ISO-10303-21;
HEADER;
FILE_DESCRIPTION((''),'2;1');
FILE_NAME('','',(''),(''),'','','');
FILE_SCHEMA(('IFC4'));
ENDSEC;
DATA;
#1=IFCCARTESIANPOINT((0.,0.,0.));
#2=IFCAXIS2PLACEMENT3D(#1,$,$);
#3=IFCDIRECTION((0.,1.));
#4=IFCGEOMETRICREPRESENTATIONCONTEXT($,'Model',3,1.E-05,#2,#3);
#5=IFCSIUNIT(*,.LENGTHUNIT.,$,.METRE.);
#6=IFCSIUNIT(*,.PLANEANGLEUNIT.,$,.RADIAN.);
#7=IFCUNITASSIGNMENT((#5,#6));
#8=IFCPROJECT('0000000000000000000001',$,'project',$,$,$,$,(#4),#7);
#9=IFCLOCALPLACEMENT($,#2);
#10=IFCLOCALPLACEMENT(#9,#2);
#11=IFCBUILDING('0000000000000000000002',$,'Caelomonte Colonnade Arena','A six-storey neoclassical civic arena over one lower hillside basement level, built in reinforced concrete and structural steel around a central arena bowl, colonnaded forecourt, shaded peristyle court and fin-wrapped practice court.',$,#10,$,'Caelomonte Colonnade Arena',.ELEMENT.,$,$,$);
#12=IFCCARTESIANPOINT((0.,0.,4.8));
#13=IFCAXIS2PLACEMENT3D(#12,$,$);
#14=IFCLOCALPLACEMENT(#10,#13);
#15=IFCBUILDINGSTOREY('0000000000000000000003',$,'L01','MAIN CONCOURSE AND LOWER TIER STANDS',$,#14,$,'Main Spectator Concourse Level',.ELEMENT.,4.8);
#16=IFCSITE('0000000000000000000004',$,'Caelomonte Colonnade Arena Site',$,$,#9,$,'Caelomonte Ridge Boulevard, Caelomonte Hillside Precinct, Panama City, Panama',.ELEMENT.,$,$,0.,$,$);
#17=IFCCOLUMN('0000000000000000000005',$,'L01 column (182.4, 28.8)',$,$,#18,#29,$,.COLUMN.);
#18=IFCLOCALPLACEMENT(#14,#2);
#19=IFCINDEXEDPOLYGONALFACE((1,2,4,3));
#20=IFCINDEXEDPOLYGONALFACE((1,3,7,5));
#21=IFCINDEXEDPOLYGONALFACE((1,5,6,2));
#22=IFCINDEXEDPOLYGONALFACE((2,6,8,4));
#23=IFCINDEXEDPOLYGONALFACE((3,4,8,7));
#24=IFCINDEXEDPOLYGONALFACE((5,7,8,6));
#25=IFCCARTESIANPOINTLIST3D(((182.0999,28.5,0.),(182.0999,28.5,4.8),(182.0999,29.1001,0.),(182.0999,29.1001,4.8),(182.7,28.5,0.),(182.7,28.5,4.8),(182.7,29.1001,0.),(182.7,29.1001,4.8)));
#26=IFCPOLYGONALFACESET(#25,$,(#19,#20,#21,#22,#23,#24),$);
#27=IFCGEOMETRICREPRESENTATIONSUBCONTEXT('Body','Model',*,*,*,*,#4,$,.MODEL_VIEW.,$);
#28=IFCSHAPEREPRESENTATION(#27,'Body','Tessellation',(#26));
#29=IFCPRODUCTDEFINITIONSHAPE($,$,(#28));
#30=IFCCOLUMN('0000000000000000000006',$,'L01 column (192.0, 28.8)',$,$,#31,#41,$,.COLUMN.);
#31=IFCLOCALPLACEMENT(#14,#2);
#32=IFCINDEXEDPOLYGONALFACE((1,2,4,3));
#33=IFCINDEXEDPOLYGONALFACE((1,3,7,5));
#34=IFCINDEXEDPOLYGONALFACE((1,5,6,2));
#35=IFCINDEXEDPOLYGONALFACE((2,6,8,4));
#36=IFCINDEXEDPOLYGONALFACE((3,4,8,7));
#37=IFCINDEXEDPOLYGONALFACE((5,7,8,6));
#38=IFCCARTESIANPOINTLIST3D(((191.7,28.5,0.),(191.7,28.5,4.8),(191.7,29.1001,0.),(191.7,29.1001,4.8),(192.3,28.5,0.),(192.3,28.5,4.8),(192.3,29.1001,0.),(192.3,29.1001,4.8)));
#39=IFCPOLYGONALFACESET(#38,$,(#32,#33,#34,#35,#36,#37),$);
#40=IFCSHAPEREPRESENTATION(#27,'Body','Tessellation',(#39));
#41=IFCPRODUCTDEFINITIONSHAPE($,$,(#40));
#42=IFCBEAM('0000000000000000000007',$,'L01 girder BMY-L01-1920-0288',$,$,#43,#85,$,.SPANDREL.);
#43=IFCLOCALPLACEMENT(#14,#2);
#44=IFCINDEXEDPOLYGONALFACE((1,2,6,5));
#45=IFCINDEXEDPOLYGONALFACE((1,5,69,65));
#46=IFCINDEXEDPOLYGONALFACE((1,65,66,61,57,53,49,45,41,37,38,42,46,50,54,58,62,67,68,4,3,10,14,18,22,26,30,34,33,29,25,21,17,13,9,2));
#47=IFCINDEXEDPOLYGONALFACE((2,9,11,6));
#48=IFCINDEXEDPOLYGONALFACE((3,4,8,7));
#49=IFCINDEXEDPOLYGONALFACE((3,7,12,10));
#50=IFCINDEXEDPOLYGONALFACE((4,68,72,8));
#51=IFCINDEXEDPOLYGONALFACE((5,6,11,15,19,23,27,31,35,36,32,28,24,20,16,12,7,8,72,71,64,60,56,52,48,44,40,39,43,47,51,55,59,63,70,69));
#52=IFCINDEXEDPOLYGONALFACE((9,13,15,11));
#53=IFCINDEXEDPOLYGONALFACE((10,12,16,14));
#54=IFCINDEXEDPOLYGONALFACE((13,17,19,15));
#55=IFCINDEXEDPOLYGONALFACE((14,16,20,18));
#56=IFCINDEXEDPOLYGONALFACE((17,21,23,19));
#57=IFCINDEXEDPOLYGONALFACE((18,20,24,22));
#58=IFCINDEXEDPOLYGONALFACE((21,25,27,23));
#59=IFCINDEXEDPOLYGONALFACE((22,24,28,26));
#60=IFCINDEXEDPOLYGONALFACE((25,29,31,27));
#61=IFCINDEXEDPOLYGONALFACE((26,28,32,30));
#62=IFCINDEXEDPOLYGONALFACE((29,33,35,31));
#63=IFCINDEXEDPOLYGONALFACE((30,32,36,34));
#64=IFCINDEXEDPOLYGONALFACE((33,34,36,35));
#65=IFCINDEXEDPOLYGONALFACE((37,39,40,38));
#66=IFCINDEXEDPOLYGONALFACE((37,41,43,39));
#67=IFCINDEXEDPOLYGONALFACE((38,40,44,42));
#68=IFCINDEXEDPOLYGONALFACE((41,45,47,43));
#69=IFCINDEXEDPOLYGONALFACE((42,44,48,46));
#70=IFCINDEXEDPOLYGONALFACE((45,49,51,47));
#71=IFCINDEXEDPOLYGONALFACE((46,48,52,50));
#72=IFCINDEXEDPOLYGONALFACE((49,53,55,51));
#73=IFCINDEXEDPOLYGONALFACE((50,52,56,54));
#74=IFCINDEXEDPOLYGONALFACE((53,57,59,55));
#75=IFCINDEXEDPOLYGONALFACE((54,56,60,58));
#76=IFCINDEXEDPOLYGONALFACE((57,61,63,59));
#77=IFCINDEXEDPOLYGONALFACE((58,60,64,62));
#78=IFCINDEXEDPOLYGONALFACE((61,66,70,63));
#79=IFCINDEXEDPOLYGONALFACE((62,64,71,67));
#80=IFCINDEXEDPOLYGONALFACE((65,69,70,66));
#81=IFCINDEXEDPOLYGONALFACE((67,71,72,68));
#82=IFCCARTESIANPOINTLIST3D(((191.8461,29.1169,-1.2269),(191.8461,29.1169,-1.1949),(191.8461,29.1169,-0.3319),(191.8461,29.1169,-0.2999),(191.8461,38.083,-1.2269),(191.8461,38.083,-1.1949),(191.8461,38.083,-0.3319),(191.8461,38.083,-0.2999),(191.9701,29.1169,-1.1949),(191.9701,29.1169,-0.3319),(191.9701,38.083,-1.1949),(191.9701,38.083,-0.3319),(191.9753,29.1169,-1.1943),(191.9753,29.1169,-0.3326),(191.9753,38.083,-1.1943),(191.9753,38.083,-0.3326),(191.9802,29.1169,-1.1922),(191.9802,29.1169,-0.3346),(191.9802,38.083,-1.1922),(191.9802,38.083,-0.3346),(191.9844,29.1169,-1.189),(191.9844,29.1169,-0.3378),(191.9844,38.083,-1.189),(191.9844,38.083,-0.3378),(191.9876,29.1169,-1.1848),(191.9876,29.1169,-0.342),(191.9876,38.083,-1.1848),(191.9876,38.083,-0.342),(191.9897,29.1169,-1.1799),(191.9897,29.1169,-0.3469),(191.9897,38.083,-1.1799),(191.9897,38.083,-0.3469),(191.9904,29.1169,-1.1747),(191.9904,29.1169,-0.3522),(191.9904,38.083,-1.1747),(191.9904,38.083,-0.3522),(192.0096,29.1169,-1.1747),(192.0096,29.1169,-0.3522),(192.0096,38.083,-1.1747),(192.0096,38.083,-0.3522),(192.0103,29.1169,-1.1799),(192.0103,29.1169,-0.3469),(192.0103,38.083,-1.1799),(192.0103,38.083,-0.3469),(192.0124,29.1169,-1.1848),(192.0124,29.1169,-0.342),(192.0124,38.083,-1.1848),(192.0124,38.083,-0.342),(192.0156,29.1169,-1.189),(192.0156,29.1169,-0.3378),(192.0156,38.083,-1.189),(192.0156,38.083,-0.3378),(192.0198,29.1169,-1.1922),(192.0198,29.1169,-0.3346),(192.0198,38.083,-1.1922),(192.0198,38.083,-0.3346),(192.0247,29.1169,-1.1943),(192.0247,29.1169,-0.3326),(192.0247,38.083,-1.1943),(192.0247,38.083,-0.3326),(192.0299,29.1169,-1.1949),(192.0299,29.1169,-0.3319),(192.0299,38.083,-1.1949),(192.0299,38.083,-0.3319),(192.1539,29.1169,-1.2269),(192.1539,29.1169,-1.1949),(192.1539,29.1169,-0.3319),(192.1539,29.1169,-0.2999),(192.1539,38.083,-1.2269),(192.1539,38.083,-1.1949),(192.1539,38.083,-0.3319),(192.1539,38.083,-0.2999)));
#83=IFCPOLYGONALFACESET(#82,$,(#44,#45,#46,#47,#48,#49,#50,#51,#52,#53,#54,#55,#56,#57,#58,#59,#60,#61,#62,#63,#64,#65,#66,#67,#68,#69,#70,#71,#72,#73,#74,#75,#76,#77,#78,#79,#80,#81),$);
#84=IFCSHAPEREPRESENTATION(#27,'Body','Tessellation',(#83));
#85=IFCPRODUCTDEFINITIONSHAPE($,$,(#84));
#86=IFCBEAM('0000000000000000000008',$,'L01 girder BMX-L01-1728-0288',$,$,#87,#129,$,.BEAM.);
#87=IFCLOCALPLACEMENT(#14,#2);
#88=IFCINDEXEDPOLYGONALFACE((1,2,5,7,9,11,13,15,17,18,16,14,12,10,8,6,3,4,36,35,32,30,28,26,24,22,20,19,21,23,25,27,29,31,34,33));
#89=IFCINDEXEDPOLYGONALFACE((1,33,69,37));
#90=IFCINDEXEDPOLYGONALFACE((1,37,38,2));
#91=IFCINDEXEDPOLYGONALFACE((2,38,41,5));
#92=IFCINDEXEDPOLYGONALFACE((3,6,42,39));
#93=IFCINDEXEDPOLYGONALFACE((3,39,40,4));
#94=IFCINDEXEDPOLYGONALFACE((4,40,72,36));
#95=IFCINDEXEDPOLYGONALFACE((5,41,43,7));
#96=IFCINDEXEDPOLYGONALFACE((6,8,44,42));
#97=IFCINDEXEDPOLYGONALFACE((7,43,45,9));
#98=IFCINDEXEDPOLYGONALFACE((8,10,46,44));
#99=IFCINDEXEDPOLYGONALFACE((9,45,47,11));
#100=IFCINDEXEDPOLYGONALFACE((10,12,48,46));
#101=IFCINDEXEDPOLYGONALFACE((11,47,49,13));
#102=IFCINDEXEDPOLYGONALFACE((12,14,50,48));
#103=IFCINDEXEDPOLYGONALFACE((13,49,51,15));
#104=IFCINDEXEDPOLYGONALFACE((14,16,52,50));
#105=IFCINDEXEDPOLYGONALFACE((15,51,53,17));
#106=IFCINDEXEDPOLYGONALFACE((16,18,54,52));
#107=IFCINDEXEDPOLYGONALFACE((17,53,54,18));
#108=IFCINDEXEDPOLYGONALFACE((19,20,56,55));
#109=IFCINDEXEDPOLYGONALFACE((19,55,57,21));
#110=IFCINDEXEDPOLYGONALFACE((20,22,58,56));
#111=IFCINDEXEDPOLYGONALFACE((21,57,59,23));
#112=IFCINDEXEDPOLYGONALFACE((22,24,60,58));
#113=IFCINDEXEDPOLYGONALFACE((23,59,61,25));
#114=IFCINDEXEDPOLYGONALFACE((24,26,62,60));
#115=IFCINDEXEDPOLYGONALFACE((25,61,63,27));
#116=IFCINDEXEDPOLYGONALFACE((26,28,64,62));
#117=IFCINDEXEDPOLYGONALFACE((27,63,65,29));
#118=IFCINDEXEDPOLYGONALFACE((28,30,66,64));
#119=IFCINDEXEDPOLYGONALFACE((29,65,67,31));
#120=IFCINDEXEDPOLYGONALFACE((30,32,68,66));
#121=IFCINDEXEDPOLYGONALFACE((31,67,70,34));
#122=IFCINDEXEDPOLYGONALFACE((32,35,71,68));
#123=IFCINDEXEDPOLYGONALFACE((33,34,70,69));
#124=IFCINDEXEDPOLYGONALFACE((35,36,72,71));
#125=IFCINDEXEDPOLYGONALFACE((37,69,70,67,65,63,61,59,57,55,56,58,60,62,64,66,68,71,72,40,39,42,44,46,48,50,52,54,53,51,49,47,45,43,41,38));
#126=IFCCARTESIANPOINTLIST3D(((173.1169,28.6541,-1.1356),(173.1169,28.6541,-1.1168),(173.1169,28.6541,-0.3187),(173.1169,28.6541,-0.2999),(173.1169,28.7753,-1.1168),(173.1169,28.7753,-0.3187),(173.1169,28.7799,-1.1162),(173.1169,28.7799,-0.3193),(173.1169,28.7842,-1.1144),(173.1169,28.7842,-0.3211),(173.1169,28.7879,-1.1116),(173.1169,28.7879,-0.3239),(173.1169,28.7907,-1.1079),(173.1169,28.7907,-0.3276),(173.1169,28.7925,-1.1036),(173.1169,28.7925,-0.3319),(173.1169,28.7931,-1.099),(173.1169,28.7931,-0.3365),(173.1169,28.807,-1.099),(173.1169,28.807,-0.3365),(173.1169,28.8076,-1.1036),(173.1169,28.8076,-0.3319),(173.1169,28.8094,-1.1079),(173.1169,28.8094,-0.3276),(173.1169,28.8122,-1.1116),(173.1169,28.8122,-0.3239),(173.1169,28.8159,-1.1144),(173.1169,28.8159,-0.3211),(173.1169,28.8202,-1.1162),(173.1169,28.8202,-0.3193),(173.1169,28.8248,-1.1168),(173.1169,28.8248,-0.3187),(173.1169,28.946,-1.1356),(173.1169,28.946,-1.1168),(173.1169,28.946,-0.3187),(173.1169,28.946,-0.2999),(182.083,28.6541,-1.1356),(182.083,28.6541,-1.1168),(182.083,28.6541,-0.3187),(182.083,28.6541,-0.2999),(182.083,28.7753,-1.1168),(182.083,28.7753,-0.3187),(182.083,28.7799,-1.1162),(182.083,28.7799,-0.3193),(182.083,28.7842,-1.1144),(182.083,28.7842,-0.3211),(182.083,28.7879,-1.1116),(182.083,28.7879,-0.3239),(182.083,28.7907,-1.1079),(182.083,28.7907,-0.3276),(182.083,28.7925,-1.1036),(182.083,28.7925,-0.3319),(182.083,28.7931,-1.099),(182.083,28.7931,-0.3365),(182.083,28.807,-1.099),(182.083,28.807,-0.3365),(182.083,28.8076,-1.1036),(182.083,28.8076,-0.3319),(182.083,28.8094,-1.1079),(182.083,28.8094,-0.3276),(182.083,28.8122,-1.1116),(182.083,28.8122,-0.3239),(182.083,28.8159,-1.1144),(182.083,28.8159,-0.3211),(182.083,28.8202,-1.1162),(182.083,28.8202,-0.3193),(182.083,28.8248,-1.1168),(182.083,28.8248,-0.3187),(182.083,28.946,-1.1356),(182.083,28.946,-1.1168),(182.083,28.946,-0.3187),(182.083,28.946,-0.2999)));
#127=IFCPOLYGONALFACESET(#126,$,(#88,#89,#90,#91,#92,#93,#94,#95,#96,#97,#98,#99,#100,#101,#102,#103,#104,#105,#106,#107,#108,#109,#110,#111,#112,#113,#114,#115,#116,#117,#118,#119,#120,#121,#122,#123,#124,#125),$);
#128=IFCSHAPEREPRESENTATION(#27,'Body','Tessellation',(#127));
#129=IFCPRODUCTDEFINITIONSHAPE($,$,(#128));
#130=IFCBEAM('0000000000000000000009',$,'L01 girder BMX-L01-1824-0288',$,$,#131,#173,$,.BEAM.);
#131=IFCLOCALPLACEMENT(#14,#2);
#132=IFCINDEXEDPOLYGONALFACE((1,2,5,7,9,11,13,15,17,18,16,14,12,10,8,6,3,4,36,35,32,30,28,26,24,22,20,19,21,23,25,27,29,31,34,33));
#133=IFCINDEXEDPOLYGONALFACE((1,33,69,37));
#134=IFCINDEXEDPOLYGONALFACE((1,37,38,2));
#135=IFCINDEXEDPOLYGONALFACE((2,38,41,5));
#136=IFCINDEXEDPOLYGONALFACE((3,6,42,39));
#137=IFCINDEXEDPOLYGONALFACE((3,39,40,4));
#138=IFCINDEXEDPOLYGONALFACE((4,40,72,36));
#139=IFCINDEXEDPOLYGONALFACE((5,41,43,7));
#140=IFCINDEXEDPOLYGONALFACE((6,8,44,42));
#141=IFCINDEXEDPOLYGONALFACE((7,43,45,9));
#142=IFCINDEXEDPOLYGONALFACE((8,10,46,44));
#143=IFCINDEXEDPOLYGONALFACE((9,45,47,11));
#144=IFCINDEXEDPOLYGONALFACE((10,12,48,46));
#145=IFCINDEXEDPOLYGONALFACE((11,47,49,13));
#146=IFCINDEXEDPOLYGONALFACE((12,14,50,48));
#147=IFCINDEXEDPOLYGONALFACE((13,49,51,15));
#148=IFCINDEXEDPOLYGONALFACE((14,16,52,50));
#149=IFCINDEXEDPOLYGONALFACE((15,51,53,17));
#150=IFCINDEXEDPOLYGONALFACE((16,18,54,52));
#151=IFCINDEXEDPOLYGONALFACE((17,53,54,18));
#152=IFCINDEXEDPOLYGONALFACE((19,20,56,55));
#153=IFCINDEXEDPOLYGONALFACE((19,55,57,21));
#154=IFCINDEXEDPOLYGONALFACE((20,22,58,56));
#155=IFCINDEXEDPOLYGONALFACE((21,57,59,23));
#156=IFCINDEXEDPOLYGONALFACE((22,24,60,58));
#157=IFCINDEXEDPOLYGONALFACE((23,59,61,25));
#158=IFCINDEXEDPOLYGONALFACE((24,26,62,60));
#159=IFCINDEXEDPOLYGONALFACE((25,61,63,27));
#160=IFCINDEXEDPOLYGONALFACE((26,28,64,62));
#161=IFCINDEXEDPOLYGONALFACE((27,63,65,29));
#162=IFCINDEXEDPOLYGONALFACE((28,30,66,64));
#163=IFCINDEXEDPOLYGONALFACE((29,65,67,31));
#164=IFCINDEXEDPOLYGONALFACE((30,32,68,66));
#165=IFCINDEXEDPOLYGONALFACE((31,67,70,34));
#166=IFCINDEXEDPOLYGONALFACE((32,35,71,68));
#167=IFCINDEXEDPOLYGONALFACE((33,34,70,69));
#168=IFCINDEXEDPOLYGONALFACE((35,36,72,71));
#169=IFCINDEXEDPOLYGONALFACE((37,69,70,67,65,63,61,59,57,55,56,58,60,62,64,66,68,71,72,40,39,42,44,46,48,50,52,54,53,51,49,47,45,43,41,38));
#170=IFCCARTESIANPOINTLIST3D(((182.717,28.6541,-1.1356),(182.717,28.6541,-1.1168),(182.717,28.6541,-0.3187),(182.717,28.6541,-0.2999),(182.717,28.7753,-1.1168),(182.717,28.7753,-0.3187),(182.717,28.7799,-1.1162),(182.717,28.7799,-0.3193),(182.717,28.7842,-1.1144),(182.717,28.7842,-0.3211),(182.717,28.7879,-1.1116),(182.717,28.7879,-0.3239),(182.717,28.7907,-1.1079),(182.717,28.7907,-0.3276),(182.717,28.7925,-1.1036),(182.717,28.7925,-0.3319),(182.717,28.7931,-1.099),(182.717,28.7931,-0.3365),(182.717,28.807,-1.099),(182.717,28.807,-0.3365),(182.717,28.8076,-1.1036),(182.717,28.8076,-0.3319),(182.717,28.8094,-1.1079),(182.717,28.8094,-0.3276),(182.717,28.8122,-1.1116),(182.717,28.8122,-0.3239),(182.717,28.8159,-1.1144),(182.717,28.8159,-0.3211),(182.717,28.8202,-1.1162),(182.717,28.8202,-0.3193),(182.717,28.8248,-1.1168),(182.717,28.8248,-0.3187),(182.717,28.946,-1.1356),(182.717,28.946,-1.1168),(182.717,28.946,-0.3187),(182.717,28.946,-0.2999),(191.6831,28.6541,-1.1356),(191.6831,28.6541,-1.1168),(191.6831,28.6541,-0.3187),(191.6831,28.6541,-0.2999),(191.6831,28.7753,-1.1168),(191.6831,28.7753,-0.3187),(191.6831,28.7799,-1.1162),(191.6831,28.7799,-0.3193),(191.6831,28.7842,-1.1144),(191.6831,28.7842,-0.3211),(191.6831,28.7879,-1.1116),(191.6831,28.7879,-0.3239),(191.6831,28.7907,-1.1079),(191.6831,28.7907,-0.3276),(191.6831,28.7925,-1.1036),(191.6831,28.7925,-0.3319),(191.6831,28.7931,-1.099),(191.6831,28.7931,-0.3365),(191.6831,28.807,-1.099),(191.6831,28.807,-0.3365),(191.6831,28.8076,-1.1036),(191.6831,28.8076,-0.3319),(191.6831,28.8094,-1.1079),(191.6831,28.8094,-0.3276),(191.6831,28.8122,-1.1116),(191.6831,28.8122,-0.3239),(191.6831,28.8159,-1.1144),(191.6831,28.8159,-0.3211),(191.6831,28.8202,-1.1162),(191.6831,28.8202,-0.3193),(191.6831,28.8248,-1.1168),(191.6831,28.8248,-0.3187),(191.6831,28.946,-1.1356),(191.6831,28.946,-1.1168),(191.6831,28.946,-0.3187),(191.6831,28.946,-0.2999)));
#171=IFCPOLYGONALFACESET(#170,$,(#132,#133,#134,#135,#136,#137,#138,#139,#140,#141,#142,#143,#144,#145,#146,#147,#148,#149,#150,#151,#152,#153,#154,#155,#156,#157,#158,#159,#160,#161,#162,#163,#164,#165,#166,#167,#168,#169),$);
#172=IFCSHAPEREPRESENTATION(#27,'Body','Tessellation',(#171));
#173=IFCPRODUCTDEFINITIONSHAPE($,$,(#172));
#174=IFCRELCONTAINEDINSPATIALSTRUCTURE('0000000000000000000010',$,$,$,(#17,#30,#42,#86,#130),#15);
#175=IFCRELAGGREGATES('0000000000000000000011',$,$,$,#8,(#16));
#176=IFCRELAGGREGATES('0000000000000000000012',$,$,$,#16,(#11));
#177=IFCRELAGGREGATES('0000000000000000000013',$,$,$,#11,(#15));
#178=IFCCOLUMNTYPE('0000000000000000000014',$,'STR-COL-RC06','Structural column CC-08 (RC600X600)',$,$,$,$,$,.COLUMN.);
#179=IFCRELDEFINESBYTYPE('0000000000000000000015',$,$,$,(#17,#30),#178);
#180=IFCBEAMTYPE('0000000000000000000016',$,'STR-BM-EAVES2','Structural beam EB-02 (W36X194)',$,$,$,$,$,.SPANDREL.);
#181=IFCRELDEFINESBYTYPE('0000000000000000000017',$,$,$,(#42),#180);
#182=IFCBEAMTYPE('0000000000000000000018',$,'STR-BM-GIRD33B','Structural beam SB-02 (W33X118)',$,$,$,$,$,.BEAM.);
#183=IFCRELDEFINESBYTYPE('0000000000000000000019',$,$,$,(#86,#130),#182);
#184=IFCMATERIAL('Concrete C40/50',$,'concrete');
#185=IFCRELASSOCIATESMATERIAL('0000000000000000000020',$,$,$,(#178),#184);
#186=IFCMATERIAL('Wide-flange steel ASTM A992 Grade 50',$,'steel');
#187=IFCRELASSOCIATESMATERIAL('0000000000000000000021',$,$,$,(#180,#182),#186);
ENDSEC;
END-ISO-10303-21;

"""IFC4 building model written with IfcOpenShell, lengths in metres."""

from ifc_helpers import new_model, si_unit, direction, frame, origin, origin_2d, place, context, subcontext, project, spatial, rectangle, i_section, extrude, material, material_profile, profile_set, type_object, element, save


model = new_model("IFC4")

# Units and contexts
model_context = context("Model", 3, precision=1e-05, world=origin(), true_north=direction((0.0, 1.0)))
body_context = subcontext(model_context, "Body", "Model", "MODEL_VIEW")
ifc_project = project(units=[si_unit("LENGTHUNIT", "METRE"), si_unit("PLANEANGLEUNIT", "RADIAN")], contexts=[model_context])

# Site, building, storey
site_placement = place(None, origin())
site = spatial("IfcSite", under=ifc_project, at=site_placement, Name="Caelomonte Colonnade Arena Site", LongName="Caelomonte Ridge Boulevard, Caelomonte Hillside Precinct, Panama City, Panama", CompositionType="ELEMENT", RefElevation=0.0)
building_placement = place(site_placement, origin())
building = spatial("IfcBuilding", under=site, at=building_placement, Name="Caelomonte Colonnade Arena", Description="A six-storey neoclassical civic arena over one lower hillside basement level, built in reinforced concrete and structural steel around a central arena bowl, colonnaded forecourt, shaded peristyle court and fin-wrapped practice court.", LongName="Caelomonte Colonnade Arena", CompositionType="ELEMENT")
storey_placement = place(building_placement, frame((0.0, 0.0, 4.8)))
storey = spatial("IfcBuildingStorey", under=building, at=storey_placement, Name="L01", Description="MAIN CONCOURSE AND LOWER TIER STANDS", LongName="Main Spectator Concourse Level", CompositionType="ELEMENT", Elevation=4.8)

# Columns
ifc_material_1 = material(Name="Concrete C40/50", Category="concrete")
ifc_material_profile_1 = material_profile(ifc_material_1, rectangle(XDim=0.6001, YDim=0.6001, at=origin_2d()), Name="RC600X600")
ifc_profile_set_1 = profile_set([ifc_material_profile_1], Name="Concrete C40/50")
column_type = type_object("IfcColumnType", Name="STR-COL-RC06", Description="Structural column CC-08 (RC600X600)", PredefinedType="COLUMN", material=ifc_profile_set_1)
for number, where, z_axis, x_axis, name in (
    (1, (182.3999, 28.8, 0.0), (0.0, 0.0, 1.0), (1.0, 0.0, 0.0), "L01 column (182.4, 28.8)"),
    (2, (192.0, 28.8, 0.0), (0.0, 0.0, 1.0), (1.0, 0.0, 0.0), "L01 column (192.0, 28.8)"),
):
    element("IfcColumn", number, at=place(storey_placement, frame(where, z_axis=z_axis, x_axis=x_axis)), inside=storey, type_object=column_type, Name=name, PredefinedType="COLUMN", context=body_context, shape_type="SweptSolid", body=[
        extrude(rectangle(XDim=0.6001, YDim=0.6001, at=origin_2d()), origin(), (0.0, 0.0, 1.0), 4.8),
    ])

# Beams
ifc_material_2 = material(Name="Wide-flange steel ASTM A992 Grade 50", Category="steel")
ifc_material_profile_2 = material_profile(ifc_material_2, i_section(OverallWidth=0.3079, OverallDepth=0.927, WebThickness=0.0193, FlangeThickness=0.032, FilletRadius=0.0203, at=origin_2d()), Name="W36X194")
ifc_profile_set_2 = profile_set([ifc_material_profile_2], Name="Wide-flange steel ASTM A992 Grade 50")
beam_type_1 = type_object("IfcBeamType", Name="STR-BM-EAVES2", Description="Structural beam EB-02 (W36X194)", PredefinedType="SPANDREL", material=ifc_profile_set_2)
beam_placement = place(storey_placement, frame((192.0, 29.1169, -0.7634), z_axis=(0.0, 1.0, 0.0), x_axis=(-1.0, 0.0, 0.0)))
element("IfcBeam", 3, at=beam_placement, inside=storey, type_object=beam_type_1, Name="L01 girder BMY-L01-1920-0288", PredefinedType="SPANDREL", context=body_context, shape_type="SweptSolid", body=[
    extrude(i_section(OverallWidth=0.3079, OverallDepth=0.927, WebThickness=0.0193, FlangeThickness=0.032, FilletRadius=0.0203, at=origin_2d()), origin(), (0.0, 0.0, 1.0), 8.9661),
])
ifc_material_profile_3 = material_profile(ifc_material_2, i_section(OverallWidth=0.292, OverallDepth=0.8357, WebThickness=0.0139, FlangeThickness=0.0188, FilletRadius=0.0178, at=origin_2d()), Name="W33X118")
ifc_profile_set_3 = profile_set([ifc_material_profile_3], Name="Wide-flange steel ASTM A992 Grade 50")
beam_type_2 = type_object("IfcBeamType", Name="STR-BM-GIRD33B", Description="Structural beam SB-02 (W33X118)", PredefinedType="BEAM", material=ifc_profile_set_3)
for number, where, z_axis, x_axis, name in (
    (4, (173.1169, 28.8, -0.7178), (1.0, 0.0, 0.0), (0.0, 1.0, 0.0), "L01 girder BMX-L01-1728-0288"),
    (5, (182.717, 28.8, -0.7178), (1.0, 0.0, 0.0), (0.0, 1.0, 0.0), "L01 girder BMX-L01-1824-0288"),
):
    element("IfcBeam", number, at=place(storey_placement, frame(where, z_axis=z_axis, x_axis=x_axis)), inside=storey, type_object=beam_type_2, Name=name, PredefinedType="BEAM", context=body_context, shape_type="SweptSolid", body=[
        extrude(i_section(OverallWidth=0.292, OverallDepth=0.8357, WebThickness=0.0139, FlangeThickness=0.0188, FilletRadius=0.0178, at=origin_2d()), origin(), (0.0, 0.0, 1.0), 8.9661),
    ])

save(model, "model.ifc")
